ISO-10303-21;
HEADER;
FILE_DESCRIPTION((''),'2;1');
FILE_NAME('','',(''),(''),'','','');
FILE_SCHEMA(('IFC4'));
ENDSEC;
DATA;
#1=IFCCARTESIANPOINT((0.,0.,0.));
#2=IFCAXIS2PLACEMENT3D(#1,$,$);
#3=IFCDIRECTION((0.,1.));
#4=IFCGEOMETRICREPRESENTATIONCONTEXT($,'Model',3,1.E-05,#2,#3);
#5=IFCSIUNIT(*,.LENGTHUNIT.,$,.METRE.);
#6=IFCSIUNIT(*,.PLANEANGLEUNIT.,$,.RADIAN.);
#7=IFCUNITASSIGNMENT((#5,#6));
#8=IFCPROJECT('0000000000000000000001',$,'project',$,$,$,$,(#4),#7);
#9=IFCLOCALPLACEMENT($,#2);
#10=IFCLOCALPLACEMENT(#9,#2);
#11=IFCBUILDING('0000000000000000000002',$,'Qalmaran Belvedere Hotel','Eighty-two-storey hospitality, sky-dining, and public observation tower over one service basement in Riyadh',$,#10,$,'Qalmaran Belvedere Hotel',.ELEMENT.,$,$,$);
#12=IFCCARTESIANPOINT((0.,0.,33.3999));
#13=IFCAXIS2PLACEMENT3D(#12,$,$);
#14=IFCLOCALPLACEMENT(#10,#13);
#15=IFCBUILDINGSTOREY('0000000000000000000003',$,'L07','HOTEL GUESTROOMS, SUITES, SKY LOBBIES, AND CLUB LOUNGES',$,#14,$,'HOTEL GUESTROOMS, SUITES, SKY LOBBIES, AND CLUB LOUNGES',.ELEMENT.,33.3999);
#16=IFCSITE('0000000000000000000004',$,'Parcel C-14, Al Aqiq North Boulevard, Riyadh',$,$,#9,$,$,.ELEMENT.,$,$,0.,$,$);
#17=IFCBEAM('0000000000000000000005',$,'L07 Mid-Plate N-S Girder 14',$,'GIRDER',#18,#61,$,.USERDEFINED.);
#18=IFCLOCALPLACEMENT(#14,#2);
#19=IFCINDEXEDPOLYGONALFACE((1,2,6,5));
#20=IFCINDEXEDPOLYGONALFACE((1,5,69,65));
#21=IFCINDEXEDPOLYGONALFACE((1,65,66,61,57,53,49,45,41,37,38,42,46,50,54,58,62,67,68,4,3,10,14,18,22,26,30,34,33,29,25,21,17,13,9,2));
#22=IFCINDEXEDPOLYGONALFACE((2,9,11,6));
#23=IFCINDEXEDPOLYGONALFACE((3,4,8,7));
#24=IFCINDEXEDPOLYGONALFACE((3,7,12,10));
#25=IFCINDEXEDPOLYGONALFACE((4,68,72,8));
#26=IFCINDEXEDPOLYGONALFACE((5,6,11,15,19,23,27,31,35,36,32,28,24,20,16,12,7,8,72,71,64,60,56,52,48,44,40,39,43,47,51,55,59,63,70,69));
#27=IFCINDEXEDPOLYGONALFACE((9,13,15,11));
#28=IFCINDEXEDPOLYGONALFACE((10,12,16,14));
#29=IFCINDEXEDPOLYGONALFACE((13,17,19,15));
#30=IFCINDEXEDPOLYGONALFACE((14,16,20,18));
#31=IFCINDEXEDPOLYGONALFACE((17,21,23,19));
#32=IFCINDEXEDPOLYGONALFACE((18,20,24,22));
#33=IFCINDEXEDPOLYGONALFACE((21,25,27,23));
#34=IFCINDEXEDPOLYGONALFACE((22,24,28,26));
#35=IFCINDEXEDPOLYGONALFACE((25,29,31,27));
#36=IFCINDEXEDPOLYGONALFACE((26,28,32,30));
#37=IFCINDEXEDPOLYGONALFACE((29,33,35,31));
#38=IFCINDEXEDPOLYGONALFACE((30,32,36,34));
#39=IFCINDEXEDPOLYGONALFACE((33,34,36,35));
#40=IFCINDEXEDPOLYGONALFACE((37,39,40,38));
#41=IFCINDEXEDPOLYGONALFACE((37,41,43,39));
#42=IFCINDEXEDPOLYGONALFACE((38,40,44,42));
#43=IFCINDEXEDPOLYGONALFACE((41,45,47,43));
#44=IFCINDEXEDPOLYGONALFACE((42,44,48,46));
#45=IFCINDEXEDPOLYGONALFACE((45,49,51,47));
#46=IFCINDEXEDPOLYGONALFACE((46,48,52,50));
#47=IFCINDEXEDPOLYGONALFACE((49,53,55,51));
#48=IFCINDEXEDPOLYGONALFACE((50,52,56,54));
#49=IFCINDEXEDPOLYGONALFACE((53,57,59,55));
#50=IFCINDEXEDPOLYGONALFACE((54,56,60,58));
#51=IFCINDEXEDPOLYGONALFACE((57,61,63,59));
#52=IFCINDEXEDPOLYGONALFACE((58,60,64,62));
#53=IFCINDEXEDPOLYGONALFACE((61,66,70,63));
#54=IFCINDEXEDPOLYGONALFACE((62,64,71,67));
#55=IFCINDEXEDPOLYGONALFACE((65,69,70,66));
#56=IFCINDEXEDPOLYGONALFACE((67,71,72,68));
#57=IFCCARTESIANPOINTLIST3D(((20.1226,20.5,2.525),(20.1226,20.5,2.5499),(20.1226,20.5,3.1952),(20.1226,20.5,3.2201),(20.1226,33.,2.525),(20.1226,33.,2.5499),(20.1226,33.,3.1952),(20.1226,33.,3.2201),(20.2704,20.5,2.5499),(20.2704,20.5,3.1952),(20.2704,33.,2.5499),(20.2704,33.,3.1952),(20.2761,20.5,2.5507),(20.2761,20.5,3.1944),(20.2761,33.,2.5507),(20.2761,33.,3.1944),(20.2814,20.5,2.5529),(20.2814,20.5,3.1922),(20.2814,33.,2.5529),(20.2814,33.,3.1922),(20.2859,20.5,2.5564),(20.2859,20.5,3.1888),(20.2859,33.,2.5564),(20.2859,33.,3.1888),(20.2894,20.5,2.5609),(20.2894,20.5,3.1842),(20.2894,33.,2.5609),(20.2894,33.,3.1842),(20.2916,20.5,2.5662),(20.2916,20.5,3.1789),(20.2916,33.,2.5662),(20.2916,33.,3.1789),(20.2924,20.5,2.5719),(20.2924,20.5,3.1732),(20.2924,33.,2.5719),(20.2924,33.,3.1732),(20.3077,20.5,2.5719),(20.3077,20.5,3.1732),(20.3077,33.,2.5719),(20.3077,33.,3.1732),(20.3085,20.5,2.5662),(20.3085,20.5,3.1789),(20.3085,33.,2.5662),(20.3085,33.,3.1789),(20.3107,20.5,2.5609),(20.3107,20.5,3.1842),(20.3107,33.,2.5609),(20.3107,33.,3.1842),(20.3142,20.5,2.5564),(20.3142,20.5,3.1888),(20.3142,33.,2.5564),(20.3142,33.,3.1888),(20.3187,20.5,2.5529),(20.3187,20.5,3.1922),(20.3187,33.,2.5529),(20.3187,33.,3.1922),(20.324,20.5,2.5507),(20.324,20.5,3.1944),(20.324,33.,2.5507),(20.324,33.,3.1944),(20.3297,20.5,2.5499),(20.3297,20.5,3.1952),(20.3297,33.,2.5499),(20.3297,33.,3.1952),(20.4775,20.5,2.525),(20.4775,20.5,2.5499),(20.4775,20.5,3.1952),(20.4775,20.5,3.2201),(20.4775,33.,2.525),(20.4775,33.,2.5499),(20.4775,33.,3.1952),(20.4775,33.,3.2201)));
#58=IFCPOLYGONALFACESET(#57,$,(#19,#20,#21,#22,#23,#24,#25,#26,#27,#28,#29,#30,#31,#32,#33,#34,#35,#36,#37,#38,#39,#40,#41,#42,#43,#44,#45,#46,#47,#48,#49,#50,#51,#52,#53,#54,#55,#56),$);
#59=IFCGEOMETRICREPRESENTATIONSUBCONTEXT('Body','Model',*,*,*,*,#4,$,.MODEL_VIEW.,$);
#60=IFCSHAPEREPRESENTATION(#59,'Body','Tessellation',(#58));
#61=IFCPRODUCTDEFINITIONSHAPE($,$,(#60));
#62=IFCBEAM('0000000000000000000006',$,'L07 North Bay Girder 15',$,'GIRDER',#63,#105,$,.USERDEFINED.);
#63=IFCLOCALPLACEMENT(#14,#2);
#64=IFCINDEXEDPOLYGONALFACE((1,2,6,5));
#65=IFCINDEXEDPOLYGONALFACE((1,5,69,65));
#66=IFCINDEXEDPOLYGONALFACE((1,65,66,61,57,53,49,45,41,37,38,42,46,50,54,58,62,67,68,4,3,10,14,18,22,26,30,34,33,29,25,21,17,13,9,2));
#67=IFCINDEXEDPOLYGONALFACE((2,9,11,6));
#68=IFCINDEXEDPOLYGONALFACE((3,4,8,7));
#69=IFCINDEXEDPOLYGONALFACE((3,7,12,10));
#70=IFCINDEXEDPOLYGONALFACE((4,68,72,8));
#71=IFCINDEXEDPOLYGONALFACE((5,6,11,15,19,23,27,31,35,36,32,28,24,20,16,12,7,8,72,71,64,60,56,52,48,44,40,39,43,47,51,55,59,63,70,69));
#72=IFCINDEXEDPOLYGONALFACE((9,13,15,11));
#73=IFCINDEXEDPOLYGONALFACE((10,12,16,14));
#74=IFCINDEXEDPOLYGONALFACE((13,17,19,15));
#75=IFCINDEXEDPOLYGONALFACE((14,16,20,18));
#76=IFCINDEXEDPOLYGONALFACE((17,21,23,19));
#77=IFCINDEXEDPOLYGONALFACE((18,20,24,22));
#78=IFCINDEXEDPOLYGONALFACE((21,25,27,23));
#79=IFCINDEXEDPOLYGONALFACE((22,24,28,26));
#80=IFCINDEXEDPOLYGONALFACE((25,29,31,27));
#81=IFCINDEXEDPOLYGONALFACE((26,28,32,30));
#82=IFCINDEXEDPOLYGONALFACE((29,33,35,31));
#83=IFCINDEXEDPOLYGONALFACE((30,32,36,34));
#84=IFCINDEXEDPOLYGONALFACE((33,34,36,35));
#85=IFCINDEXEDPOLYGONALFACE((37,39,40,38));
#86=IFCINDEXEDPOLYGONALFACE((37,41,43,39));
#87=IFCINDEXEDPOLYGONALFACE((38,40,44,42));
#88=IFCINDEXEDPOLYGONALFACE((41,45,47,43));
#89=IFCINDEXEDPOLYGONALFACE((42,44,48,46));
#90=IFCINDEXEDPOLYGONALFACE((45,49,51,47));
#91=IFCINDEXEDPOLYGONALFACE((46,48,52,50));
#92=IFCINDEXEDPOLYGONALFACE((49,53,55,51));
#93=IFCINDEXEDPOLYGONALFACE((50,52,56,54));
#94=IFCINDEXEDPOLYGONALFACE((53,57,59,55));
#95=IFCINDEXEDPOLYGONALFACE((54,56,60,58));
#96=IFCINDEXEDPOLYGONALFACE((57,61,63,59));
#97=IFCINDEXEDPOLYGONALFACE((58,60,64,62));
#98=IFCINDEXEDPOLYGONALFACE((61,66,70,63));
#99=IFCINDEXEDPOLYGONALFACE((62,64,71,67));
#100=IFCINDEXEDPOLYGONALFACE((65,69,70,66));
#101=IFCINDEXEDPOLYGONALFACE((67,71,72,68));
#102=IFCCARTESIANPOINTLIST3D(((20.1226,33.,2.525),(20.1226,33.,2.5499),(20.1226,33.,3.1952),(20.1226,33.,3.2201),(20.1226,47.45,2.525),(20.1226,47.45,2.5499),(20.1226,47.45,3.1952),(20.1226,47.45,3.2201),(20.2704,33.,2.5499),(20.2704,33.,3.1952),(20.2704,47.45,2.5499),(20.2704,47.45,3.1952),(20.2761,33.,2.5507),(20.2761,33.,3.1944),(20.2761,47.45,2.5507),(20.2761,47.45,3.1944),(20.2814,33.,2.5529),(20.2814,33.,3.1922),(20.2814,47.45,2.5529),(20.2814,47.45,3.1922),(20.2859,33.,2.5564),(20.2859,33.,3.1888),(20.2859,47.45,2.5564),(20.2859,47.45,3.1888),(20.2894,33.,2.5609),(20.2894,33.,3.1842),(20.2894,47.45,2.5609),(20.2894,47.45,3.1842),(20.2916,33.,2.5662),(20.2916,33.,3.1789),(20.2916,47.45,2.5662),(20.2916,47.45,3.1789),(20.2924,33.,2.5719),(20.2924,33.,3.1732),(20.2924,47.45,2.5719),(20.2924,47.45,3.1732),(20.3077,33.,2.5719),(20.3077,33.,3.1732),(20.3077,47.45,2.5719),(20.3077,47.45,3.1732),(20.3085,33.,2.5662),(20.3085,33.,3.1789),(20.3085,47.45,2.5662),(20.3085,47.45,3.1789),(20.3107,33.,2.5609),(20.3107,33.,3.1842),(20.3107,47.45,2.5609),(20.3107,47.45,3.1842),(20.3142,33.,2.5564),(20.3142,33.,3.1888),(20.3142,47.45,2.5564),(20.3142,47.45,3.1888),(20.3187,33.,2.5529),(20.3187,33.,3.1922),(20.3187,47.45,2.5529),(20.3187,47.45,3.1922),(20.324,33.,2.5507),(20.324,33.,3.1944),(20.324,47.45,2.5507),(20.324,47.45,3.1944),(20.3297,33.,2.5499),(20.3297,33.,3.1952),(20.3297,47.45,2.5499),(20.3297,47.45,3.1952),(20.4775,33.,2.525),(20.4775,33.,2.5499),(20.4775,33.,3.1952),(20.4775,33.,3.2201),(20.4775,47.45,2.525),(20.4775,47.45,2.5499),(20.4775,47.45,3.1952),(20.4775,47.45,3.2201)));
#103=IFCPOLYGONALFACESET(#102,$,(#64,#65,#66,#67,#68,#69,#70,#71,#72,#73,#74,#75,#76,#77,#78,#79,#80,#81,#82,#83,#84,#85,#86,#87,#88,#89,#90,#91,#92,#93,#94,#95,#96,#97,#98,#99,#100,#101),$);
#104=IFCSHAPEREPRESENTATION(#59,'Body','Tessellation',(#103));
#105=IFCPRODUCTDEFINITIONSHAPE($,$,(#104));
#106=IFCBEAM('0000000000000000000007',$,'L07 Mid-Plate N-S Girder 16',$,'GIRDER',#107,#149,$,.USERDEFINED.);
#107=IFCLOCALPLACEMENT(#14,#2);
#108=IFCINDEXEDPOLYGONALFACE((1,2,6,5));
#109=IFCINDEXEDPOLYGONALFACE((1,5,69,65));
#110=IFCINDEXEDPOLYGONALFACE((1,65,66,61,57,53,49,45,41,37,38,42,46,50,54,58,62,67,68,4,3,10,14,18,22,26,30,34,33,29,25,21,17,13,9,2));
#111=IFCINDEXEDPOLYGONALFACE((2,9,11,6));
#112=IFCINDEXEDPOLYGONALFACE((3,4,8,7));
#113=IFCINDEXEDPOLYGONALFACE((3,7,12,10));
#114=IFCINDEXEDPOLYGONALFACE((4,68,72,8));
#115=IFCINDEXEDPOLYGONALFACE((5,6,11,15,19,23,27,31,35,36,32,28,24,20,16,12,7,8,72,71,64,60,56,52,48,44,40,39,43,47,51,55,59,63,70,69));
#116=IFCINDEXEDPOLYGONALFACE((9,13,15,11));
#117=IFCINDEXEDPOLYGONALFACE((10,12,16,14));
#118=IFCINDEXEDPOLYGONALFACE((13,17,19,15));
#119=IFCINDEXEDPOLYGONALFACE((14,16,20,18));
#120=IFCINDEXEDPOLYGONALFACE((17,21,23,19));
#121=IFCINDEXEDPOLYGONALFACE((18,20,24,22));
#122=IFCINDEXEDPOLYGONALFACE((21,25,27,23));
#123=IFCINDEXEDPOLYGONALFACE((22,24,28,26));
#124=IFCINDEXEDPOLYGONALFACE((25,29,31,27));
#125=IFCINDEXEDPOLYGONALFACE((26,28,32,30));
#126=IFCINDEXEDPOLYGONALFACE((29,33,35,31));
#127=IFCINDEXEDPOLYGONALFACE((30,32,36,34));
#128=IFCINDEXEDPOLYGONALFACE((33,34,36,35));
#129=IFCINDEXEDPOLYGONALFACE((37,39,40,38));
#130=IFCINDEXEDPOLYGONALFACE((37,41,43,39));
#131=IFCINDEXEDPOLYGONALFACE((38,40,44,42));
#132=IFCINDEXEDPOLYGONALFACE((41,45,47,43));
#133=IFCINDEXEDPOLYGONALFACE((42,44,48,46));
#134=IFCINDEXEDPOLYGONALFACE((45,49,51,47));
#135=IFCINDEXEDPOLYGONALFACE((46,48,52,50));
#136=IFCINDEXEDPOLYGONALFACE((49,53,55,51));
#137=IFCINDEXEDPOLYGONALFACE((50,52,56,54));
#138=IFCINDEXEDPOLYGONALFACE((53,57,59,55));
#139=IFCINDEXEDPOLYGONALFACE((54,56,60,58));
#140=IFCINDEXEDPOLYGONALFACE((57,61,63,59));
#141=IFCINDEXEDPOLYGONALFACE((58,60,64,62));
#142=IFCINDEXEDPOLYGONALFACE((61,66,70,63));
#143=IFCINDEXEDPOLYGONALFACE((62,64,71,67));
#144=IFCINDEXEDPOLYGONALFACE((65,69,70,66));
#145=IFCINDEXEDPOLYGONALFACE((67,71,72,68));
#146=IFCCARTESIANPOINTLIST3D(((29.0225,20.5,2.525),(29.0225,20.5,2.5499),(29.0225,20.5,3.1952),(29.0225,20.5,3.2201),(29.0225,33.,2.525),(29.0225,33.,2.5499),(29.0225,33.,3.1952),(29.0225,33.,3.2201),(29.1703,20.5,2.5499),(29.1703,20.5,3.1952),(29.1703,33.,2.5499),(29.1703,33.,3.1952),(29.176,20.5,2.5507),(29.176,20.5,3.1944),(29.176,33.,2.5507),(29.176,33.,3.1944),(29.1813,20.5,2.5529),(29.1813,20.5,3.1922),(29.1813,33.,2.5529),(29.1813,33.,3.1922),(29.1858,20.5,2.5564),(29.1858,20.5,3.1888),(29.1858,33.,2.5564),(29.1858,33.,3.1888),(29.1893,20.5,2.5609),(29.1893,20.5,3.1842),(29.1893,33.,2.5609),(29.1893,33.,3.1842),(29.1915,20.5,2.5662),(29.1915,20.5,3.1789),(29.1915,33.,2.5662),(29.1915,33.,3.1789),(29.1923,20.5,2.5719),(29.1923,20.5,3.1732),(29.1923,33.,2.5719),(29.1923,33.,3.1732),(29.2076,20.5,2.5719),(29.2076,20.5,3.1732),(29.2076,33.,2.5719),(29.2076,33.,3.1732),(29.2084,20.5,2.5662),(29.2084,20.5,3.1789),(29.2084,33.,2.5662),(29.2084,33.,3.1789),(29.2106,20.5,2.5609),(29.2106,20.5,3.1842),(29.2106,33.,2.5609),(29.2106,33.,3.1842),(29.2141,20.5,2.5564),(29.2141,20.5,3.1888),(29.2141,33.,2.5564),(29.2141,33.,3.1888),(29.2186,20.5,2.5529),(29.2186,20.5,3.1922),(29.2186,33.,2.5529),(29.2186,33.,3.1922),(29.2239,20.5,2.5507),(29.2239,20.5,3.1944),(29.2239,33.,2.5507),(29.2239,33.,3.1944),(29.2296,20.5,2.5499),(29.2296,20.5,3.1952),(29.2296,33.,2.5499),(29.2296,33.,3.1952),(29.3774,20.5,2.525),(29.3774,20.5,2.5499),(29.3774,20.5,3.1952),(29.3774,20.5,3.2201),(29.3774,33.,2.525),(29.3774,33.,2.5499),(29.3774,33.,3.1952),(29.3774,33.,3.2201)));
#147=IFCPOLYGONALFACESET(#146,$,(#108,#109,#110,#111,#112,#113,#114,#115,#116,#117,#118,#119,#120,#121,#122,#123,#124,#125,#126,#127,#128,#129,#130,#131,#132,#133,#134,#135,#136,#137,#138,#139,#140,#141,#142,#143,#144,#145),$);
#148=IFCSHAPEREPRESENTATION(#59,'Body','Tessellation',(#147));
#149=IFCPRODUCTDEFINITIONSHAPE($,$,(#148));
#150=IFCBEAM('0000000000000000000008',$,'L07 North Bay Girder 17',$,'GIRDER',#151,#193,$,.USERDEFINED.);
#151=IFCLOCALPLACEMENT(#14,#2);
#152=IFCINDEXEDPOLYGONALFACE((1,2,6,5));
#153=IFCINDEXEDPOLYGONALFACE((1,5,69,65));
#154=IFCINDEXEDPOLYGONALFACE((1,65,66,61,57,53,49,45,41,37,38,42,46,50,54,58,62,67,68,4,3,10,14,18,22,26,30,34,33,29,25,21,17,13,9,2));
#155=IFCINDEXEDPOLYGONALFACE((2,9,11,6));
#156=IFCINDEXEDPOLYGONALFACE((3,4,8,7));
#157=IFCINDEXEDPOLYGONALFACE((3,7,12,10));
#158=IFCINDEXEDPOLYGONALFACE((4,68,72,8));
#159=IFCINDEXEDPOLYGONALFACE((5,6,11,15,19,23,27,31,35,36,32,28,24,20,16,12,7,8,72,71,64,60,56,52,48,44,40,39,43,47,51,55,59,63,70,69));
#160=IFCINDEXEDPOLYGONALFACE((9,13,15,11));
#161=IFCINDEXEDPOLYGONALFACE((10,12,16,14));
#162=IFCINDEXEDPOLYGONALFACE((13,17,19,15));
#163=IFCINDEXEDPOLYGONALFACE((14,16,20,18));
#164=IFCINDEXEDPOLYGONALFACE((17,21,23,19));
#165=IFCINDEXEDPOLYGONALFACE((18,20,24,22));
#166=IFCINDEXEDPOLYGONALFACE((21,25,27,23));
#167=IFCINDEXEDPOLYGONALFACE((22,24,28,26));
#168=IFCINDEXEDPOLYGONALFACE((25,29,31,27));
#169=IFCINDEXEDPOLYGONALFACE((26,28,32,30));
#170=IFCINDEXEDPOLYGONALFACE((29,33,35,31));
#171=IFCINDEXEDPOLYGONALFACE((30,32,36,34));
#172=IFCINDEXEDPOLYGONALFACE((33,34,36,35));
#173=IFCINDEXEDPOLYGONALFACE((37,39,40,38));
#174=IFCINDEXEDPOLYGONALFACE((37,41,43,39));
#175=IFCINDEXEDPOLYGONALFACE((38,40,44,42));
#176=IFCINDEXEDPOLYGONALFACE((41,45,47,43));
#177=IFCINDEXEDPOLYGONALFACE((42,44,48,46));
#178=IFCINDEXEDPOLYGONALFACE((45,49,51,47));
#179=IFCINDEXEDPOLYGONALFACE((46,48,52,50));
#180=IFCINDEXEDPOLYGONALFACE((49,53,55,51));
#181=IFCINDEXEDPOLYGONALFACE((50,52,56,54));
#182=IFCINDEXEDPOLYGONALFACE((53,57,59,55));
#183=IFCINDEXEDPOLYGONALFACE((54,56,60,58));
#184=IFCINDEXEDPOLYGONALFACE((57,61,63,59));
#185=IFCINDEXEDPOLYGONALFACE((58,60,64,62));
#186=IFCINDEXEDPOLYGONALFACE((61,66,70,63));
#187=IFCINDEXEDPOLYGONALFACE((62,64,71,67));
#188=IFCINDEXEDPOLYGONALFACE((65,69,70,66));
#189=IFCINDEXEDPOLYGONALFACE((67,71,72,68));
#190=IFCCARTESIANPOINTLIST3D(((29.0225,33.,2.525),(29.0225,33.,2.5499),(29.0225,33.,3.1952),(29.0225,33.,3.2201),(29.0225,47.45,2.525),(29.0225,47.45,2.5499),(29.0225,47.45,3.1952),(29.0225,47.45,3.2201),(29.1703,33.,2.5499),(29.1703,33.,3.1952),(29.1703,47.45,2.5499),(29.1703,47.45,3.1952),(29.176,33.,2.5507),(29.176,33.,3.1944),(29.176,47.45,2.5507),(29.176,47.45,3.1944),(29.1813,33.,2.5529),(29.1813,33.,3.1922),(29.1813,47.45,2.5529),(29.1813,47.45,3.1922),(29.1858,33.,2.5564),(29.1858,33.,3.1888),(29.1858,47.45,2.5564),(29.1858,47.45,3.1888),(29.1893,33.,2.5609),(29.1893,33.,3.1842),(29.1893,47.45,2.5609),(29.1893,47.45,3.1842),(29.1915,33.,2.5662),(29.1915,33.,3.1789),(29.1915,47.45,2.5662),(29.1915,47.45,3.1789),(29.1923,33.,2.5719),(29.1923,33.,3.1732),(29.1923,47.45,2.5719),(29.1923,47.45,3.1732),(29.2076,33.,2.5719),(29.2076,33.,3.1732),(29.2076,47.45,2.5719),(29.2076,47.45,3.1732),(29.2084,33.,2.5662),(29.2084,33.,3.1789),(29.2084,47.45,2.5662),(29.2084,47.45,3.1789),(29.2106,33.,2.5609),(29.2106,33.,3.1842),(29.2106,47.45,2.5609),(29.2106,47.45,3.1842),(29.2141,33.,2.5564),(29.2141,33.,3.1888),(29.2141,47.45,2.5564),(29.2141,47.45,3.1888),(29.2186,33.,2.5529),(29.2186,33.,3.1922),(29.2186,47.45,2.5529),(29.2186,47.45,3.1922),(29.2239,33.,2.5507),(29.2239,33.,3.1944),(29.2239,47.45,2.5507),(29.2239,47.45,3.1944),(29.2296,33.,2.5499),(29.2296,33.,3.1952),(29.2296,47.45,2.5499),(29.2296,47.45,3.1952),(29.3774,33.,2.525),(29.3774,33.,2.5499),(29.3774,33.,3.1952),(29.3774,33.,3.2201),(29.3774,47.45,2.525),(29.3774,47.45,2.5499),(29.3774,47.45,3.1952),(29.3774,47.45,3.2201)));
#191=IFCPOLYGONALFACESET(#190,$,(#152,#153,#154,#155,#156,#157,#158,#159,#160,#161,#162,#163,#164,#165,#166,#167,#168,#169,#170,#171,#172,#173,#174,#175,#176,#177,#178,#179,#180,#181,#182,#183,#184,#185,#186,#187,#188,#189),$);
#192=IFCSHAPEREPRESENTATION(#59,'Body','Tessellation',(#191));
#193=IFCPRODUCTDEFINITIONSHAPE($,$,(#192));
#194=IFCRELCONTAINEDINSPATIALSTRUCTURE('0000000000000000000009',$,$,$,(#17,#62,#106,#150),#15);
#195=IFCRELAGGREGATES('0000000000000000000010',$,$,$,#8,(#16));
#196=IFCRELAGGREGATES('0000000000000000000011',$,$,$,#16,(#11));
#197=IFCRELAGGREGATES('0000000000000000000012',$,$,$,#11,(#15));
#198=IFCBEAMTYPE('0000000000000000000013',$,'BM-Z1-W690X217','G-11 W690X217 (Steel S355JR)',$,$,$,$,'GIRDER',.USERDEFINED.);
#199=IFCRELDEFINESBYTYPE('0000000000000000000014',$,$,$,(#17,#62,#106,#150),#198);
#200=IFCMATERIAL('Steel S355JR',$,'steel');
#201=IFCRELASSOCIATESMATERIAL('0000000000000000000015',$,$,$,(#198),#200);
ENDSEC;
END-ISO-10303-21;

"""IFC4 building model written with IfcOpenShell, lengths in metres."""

from ifc_helpers import new_model, si_unit, direction, frame, origin, origin_2d, place, context, subcontext, project, spatial, i_section, extrude, material, material_profile, profile_set, type_object, element, save


model = new_model("IFC4")

# Units and contexts
model_context = context("Model", 3, precision=1e-05, world=origin(), true_north=direction((0.0, 1.0)))
body_context = subcontext(model_context, "Body", "Model", "MODEL_VIEW")
ifc_project = project(units=[si_unit("LENGTHUNIT", "METRE"), si_unit("PLANEANGLEUNIT", "RADIAN")], contexts=[model_context])

# Site, building, storey
site_placement = place(None, origin())
site = spatial("IfcSite", under=ifc_project, at=site_placement, Name="Parcel C-14, Al Aqiq North Boulevard, Riyadh", CompositionType="ELEMENT", RefElevation=0.0)
building_placement = place(site_placement, origin())
building = spatial("IfcBuilding", under=site, at=building_placement, Name="Qalmaran Belvedere Hotel", Description="Eighty-two-storey hospitality, sky-dining, and public observation tower over one service basement in Riyadh", LongName="Qalmaran Belvedere Hotel", CompositionType="ELEMENT")
storey_placement = place(building_placement, frame((0.0, 0.0, 33.3999)))
storey = spatial("IfcBuildingStorey", under=building, at=storey_placement, Name="L07", Description="HOTEL GUESTROOMS, SUITES, SKY LOBBIES, AND CLUB LOUNGES", LongName="HOTEL GUESTROOMS, SUITES, SKY LOBBIES, AND CLUB LOUNGES", CompositionType="ELEMENT", Elevation=33.3999)

# Beams
ifc_material_1 = material(Name="Steel S355JR", Category="steel")
ifc_material_profile_1 = material_profile(ifc_material_1, i_section(OverallWidth=0.355, OverallDepth=0.6951, WebThickness=0.0154, FlangeThickness=0.0249, FilletRadius=0.022, at=origin_2d()), Name="W690X217")
ifc_profile_set_1 = profile_set([ifc_material_profile_1], Name="Steel S355JR")
beam_type_1 = type_object("IfcBeamType", Name="BM-Z1-W690X217", Description="G-11 W690X217 (Steel S355JR)", ElementType="GIRDER", PredefinedType="USERDEFINED", material=ifc_profile_set_1)
beam_1_placement = place(storey_placement, frame((20.3, 20.5, 2.8726), z_axis=(0.0, 1.0, 0.0), x_axis=(-1.0, 0.0, 0.0)))
element("IfcBeam", 1, at=beam_1_placement, inside=storey, type_object=beam_type_1, Name="L07 Mid-Plate N-S Girder 14", ObjectType="GIRDER", PredefinedType="USERDEFINED", context=body_context, shape_type="SweptSolid", body=[
    extrude(i_section(OverallWidth=0.355, OverallDepth=0.6951, WebThickness=0.0154, FlangeThickness=0.0249, FilletRadius=0.022, at=origin_2d()), origin(), (0.0, 0.0, 1.0), 12.5),
])
beam_2_placement = place(storey_placement, frame((20.3, 33.0, 2.8726), z_axis=(0.0, 1.0, 0.0), x_axis=(-1.0, 0.0, 0.0)))
element("IfcBeam", 2, at=beam_2_placement, inside=storey, type_object=beam_type_1, Name="L07 North Bay Girder 15", ObjectType="GIRDER", PredefinedType="USERDEFINED", context=body_context, shape_type="SweptSolid", body=[
    extrude(i_section(OverallWidth=0.355, OverallDepth=0.6951, WebThickness=0.0154, FlangeThickness=0.0249, FilletRadius=0.022, at=origin_2d()), origin(), (0.0, 0.0, 1.0), 14.45),
])
beam_3_placement = place(storey_placement, frame((29.2, 20.5, 2.8726), z_axis=(0.0, 1.0, 0.0), x_axis=(-1.0, 0.0, 0.0)))
element("IfcBeam", 3, at=beam_3_placement, inside=storey, type_object=beam_type_1, Name="L07 Mid-Plate N-S Girder 16", ObjectType="GIRDER", PredefinedType="USERDEFINED", context=body_context, shape_type="SweptSolid", body=[
    extrude(i_section(OverallWidth=0.355, OverallDepth=0.6951, WebThickness=0.0154, FlangeThickness=0.0249, FilletRadius=0.022, at=origin_2d()), origin(), (0.0, 0.0, 1.0), 12.5),
])
beam_4_placement = place(storey_placement, frame((29.2, 33.0, 2.8726), z_axis=(0.0, 1.0, 0.0), x_axis=(-1.0, 0.0, 0.0)))
element("IfcBeam", 4, at=beam_4_placement, inside=storey, type_object=beam_type_1, Name="L07 North Bay Girder 17", ObjectType="GIRDER", PredefinedType="USERDEFINED", context=body_context, shape_type="SweptSolid", body=[
    extrude(i_section(OverallWidth=0.355, OverallDepth=0.6951, WebThickness=0.0154, FlangeThickness=0.0249, FilletRadius=0.022, at=origin_2d()), origin(), (0.0, 0.0, 1.0), 14.45),
])

save(model, "model.ifc")
